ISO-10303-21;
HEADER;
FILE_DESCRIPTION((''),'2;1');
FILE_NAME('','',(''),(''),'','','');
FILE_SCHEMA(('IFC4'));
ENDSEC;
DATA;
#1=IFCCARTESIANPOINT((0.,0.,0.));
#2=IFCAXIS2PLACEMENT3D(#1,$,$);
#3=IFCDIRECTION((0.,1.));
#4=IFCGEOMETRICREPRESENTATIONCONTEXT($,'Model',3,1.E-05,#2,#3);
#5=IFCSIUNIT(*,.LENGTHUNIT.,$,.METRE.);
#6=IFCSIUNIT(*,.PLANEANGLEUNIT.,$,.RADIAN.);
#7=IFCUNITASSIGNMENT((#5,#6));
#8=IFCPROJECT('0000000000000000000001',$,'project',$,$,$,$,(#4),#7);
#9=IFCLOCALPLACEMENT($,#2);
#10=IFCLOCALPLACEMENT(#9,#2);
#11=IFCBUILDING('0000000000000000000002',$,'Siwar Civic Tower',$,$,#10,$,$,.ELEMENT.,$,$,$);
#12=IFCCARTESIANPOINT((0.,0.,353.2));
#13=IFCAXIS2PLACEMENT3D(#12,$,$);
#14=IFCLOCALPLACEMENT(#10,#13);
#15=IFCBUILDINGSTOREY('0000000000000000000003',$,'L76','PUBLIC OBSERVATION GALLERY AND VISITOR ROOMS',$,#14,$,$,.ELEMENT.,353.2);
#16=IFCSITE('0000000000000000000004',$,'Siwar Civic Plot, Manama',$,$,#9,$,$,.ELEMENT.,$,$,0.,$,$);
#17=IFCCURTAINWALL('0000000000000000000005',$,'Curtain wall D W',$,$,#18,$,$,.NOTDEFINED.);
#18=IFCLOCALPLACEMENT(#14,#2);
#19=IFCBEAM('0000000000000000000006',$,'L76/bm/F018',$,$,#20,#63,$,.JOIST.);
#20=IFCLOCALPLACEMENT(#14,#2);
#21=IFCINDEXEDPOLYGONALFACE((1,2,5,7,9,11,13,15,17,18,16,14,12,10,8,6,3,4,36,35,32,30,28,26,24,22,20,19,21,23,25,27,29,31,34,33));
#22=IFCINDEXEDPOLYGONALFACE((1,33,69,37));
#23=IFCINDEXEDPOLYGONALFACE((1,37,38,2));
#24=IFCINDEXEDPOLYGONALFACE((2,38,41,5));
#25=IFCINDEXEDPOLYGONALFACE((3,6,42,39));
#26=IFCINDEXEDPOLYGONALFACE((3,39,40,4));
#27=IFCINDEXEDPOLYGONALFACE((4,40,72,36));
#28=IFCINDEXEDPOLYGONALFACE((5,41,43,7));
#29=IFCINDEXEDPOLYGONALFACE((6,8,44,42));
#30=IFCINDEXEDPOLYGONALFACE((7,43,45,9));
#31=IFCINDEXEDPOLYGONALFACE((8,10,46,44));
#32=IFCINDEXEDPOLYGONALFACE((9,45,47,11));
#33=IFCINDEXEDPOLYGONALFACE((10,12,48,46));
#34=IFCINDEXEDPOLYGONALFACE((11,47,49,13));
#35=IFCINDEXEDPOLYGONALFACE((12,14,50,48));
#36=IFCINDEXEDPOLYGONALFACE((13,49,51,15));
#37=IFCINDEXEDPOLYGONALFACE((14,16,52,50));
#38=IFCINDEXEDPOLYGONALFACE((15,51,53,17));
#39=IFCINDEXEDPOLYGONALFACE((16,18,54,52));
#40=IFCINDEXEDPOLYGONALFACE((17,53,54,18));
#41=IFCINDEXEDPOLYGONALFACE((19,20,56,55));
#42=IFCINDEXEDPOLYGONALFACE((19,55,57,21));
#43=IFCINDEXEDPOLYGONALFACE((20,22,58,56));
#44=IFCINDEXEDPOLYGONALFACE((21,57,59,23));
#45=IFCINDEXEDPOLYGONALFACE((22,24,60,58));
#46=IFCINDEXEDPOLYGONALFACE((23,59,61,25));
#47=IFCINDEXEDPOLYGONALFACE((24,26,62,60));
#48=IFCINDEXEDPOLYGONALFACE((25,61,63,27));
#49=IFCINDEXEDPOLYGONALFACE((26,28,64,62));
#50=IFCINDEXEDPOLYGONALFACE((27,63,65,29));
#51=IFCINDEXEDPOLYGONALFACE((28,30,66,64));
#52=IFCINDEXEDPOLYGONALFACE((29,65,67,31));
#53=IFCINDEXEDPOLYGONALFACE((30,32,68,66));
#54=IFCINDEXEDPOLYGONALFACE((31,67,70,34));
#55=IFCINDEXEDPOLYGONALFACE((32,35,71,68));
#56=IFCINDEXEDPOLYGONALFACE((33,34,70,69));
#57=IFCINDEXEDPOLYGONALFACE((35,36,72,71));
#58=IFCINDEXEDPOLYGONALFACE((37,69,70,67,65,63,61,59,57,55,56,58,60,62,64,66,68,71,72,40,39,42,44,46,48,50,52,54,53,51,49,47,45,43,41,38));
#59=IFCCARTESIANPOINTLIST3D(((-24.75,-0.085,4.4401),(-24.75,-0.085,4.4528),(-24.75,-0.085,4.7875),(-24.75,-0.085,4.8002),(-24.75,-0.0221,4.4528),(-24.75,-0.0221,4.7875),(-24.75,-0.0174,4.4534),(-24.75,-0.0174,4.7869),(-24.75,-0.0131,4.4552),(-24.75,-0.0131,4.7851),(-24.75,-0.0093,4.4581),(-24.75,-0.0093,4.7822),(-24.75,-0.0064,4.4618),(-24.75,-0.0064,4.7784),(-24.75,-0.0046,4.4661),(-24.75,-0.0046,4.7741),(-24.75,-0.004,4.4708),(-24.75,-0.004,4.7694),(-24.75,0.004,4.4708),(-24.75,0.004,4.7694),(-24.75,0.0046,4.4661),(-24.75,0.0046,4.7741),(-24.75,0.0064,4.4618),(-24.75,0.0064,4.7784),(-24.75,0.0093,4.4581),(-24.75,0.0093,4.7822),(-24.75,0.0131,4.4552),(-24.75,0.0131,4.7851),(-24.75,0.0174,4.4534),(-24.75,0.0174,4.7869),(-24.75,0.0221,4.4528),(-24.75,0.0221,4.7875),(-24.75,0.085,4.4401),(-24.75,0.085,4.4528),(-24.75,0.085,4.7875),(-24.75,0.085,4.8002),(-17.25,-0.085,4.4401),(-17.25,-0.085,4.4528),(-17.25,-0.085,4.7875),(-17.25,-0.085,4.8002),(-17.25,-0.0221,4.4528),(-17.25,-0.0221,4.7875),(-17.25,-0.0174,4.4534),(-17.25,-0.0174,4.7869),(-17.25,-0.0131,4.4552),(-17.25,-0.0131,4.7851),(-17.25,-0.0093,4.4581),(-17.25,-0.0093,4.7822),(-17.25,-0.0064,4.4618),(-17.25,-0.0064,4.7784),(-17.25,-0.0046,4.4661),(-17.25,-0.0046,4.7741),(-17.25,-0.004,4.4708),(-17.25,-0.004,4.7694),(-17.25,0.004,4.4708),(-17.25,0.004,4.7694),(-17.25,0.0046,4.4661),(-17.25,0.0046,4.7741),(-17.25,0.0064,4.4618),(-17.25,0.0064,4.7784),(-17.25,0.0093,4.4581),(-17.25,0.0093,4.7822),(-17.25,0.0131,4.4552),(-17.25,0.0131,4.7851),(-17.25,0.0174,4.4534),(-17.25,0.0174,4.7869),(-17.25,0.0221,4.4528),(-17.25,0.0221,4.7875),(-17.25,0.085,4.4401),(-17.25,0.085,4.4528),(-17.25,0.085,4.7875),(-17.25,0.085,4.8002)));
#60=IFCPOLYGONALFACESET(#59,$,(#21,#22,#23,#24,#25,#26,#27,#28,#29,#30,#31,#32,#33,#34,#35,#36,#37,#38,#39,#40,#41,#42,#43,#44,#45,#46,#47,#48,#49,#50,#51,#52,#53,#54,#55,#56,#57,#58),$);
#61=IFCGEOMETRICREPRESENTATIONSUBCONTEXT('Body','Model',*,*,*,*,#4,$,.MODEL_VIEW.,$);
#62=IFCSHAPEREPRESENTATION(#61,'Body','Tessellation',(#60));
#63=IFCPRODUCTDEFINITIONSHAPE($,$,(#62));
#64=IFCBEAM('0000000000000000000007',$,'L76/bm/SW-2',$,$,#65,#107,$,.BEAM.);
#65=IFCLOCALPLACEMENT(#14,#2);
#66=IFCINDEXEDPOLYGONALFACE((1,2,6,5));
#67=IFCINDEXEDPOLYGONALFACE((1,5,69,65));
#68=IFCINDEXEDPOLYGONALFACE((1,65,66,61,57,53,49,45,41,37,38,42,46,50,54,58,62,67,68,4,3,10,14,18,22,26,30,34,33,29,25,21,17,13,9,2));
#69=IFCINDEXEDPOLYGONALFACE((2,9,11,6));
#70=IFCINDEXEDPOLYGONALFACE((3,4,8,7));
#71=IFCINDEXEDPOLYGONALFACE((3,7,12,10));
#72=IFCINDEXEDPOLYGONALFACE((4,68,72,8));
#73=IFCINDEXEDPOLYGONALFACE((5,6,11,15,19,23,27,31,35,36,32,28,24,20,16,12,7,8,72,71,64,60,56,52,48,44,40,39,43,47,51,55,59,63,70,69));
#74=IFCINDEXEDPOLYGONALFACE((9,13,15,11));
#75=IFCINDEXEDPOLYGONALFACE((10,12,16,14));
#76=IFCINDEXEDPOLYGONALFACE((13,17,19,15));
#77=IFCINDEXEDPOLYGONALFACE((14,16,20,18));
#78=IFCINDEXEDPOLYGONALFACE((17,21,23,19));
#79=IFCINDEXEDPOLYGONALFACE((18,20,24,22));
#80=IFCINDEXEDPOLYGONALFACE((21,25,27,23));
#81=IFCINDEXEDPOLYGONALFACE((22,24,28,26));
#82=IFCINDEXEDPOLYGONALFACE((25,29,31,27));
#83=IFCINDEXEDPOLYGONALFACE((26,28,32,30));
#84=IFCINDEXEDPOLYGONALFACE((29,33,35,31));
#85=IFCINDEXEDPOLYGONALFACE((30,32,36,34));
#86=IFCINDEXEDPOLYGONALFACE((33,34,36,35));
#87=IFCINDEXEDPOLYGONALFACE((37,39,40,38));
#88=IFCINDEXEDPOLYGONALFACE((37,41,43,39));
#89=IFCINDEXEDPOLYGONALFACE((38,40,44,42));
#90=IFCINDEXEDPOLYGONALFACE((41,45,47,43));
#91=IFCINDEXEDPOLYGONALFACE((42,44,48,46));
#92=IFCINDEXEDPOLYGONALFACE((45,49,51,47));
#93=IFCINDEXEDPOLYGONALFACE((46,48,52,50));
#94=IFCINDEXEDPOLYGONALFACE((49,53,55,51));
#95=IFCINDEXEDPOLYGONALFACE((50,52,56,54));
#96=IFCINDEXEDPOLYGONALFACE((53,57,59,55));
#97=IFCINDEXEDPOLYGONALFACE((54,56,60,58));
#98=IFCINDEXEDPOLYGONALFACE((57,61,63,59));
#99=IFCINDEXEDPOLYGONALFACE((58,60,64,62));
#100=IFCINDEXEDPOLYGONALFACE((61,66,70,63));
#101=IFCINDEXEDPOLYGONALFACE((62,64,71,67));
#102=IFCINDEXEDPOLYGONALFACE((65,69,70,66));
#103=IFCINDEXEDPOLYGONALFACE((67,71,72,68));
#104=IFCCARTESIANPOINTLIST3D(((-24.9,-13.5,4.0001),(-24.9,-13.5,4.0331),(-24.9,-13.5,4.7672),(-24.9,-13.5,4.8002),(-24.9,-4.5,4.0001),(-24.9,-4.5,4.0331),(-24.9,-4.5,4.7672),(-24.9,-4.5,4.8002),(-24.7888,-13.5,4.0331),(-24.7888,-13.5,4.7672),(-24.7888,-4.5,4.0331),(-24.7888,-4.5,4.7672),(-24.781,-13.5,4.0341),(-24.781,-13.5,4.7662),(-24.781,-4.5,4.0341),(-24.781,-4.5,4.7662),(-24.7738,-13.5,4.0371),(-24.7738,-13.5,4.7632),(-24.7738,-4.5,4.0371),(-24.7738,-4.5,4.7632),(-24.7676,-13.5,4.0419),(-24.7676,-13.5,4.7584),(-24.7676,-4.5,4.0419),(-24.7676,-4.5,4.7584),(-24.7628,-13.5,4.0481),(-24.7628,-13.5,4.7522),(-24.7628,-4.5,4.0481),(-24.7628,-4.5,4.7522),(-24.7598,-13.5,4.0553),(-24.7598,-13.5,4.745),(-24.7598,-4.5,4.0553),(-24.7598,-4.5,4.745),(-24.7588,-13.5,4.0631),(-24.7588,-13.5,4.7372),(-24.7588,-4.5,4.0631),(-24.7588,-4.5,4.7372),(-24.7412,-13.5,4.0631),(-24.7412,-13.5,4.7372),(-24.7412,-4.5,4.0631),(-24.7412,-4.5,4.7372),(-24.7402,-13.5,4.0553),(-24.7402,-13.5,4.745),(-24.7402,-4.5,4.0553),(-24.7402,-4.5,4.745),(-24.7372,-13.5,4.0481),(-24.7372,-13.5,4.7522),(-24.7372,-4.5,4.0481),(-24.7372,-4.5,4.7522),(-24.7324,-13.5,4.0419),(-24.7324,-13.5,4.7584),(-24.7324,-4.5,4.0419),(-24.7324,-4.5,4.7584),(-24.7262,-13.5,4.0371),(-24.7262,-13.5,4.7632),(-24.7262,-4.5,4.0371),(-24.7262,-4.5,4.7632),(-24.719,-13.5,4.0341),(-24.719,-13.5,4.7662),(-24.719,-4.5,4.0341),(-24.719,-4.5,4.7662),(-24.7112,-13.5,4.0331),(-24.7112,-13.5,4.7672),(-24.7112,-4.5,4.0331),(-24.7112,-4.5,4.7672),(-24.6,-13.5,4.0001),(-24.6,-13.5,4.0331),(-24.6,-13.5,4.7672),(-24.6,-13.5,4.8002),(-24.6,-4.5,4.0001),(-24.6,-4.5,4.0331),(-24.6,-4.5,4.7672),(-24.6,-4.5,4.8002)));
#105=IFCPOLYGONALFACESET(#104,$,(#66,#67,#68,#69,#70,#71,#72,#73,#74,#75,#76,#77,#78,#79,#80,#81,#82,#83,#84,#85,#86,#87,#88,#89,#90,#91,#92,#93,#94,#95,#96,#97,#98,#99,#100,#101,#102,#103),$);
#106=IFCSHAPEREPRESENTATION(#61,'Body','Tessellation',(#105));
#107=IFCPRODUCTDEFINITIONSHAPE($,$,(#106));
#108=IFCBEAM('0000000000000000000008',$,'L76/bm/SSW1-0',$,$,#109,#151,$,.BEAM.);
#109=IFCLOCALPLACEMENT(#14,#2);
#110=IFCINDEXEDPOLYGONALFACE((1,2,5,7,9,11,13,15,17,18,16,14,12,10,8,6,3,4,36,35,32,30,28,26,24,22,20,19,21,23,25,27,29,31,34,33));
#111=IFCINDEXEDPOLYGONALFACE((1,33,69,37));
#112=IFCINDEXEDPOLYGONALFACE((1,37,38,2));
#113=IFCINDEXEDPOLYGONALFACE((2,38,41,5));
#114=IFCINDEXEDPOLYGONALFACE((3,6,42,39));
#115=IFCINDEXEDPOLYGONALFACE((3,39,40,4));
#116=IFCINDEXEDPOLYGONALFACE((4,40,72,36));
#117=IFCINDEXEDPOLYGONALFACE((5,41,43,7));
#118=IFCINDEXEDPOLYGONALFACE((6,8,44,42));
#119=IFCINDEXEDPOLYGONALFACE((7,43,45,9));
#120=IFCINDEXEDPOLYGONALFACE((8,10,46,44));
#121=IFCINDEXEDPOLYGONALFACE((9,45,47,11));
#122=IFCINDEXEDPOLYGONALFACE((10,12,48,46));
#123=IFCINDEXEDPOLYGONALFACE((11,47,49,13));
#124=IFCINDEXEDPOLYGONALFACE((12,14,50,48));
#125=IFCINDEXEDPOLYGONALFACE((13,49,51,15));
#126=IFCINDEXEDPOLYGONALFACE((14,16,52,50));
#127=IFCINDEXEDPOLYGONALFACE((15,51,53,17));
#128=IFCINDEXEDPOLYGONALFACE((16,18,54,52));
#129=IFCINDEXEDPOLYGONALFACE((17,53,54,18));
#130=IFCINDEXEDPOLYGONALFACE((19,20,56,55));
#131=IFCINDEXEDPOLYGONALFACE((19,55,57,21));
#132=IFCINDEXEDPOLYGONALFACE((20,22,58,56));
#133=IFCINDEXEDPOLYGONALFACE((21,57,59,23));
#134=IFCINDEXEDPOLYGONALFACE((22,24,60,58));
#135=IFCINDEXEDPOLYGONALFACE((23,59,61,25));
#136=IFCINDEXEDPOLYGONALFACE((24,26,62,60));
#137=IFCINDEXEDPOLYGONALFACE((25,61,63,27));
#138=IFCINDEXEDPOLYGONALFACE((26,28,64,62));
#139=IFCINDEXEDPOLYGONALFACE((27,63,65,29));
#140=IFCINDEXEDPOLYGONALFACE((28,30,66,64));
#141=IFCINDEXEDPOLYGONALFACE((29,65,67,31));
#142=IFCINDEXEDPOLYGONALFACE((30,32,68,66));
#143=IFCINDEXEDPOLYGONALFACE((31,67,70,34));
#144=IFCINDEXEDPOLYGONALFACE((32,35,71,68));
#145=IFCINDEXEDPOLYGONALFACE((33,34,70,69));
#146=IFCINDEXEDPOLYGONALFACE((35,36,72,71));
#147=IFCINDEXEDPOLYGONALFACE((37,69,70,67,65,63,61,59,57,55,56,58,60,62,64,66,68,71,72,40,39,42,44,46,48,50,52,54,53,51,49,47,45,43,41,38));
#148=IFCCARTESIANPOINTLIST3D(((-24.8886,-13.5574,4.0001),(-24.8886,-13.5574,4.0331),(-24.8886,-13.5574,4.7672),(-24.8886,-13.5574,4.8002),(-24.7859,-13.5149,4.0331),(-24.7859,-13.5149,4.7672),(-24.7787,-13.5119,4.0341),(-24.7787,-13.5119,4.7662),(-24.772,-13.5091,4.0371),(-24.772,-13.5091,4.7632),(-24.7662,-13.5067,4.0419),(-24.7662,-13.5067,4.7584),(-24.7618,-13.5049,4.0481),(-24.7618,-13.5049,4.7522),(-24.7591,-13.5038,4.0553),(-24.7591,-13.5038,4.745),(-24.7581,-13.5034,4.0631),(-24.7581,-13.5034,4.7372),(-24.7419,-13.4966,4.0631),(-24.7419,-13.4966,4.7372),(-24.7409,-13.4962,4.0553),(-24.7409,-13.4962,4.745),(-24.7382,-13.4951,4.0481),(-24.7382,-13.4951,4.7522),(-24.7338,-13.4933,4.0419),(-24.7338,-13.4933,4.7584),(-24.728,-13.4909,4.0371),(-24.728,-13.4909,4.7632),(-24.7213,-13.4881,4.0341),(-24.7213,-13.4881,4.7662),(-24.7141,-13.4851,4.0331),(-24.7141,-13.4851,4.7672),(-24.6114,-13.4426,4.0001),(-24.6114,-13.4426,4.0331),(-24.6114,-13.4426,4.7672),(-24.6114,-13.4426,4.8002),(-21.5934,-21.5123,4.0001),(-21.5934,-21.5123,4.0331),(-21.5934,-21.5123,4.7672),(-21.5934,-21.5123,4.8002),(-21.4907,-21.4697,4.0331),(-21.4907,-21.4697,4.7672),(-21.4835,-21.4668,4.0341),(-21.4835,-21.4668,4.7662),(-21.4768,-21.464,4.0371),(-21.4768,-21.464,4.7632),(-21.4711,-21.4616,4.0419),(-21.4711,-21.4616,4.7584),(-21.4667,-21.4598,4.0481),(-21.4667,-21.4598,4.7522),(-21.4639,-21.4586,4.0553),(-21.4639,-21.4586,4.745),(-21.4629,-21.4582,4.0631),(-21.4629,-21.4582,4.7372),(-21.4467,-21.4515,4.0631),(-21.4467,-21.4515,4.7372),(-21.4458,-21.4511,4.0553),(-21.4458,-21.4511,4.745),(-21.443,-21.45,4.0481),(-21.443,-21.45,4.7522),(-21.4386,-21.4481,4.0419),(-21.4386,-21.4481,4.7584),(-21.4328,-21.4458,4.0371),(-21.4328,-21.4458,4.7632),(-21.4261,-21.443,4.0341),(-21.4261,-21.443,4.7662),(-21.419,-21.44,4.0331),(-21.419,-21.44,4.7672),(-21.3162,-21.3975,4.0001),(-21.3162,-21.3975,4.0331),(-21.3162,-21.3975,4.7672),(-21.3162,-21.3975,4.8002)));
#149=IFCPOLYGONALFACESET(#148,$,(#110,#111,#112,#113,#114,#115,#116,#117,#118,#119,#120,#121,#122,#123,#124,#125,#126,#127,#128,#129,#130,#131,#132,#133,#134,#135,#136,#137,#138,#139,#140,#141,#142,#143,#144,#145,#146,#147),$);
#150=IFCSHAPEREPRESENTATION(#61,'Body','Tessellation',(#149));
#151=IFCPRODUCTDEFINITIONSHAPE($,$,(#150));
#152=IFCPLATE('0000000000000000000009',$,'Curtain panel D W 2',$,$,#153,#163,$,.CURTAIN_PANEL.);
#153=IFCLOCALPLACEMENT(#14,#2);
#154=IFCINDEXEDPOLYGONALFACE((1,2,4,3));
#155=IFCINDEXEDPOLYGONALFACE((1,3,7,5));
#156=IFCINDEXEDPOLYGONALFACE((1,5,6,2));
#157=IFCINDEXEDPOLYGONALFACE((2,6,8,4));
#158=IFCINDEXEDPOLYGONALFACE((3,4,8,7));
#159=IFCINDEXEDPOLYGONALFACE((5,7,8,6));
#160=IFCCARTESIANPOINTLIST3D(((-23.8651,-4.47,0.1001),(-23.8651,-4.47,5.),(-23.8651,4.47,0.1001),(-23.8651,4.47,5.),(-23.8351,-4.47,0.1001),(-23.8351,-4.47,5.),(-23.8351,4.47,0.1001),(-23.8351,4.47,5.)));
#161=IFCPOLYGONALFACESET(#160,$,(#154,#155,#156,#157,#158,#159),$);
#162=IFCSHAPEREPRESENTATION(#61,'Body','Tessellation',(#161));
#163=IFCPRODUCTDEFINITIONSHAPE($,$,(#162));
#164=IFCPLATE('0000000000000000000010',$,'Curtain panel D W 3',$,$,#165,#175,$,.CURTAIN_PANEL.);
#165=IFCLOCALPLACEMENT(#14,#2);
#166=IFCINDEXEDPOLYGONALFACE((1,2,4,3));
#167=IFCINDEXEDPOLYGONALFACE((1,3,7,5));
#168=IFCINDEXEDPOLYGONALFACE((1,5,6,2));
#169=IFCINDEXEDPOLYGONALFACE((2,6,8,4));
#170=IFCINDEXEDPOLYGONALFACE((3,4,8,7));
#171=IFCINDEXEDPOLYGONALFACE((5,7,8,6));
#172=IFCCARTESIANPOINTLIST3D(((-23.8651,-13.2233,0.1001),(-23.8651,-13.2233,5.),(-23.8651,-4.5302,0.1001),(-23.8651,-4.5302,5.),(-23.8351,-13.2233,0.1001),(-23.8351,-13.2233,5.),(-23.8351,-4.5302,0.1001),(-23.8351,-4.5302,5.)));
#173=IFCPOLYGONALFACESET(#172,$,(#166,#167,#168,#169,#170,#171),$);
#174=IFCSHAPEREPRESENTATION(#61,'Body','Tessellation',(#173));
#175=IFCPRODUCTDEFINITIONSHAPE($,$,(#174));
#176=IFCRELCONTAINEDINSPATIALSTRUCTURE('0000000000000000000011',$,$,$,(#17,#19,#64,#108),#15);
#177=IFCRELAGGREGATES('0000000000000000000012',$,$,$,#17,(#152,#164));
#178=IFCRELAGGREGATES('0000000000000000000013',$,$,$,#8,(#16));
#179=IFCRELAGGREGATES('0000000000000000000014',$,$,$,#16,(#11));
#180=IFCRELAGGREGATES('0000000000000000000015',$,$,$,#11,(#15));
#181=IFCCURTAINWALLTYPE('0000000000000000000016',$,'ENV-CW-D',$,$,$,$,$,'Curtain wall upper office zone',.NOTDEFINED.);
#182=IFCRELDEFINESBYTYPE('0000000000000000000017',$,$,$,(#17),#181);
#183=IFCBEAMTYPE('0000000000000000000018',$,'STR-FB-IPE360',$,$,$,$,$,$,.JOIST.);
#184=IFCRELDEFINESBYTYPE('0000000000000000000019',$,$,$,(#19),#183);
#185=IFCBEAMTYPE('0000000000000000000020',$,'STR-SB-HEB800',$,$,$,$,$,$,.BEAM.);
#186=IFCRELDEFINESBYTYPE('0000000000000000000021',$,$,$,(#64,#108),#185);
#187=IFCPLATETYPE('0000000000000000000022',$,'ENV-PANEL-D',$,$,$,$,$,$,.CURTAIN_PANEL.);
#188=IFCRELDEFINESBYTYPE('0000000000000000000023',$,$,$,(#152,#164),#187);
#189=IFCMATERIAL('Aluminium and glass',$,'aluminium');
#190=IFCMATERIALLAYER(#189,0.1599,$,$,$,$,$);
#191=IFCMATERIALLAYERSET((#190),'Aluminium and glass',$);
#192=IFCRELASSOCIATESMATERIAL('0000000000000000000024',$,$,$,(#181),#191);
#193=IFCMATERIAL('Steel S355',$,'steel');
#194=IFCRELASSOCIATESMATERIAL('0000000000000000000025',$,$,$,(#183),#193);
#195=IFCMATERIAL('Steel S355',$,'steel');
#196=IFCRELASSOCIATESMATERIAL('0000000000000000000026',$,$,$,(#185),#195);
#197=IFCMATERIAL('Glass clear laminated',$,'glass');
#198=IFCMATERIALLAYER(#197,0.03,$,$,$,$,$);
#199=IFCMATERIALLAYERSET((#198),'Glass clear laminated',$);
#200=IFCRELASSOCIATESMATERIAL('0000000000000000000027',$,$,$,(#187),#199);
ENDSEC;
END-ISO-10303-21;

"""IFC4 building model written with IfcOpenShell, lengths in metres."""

from ifc_helpers import new_model, si_unit, direction, frame, origin, origin_2d, place, context, subcontext, project, spatial, rectangle, i_section, extrude, material, layer, layer_set, material_profile, profile_set, type_object, element, aggregate, save


model = new_model("IFC4")

# Units and contexts
model_context = context("Model", 3, precision=1e-05, world=origin(), true_north=direction((0.0, 1.0)))
body_context = subcontext(model_context, "Body", "Model", "MODEL_VIEW")
ifc_project = project(units=[si_unit("LENGTHUNIT", "METRE"), si_unit("PLANEANGLEUNIT", "RADIAN")], contexts=[model_context])

# Site, building, storey
site_placement = place(None, origin())
site = spatial("IfcSite", under=ifc_project, at=site_placement, Name="Siwar Civic Plot, Manama", CompositionType="ELEMENT", RefElevation=0.0)
building_placement = place(site_placement, origin())
building = spatial("IfcBuilding", under=site, at=building_placement, Name="Siwar Civic Tower", CompositionType="ELEMENT")
storey_placement = place(building_placement, frame((0.0, 0.0, 353.2)))
storey = spatial("IfcBuildingStorey", under=building, at=storey_placement, Name="L76", Description="PUBLIC OBSERVATION GALLERY AND VISITOR ROOMS", CompositionType="ELEMENT", Elevation=353.2)

# Curtain wall
ifc_material_1 = material(Name="Aluminium and glass", Category="aluminium")
ifc_layer_1 = layer(ifc_material_1, 0.1599)
ifc_layer_set_1 = layer_set([ifc_layer_1], Name="Aluminium and glass")
curtain_wall_type_1 = type_object("IfcCurtainWallType", Name="ENV-CW-D", ElementType="Curtain wall upper office zone", PredefinedType="NOTDEFINED", material=ifc_layer_set_1)
curtain_wall_1_placement = place(storey_placement, origin())
curtain_wall_1 = element("IfcCurtainWall", 1, at=curtain_wall_1_placement, inside=storey, type_object=curtain_wall_type_1, Name="Curtain wall D W", PredefinedType="NOTDEFINED")

# Beams
ifc_material_2 = material(Name="Steel S355", Category="steel")
ifc_material_profile_1 = material_profile(ifc_material_2, i_section(OverallWidth=0.1699, OverallDepth=0.3601, WebThickness=0.0081, FlangeThickness=0.0127, FilletRadius=0.0181, at=origin_2d()), Name="IPE360")
ifc_profile_set_1 = profile_set([ifc_material_profile_1], Name="Steel S355")
beam_type_1 = type_object("IfcBeamType", Name="STR-FB-IPE360", PredefinedType="JOIST", material=ifc_profile_set_1)
for number, where, z_axis, x_axis, name in (
    (2, (-24.75, 0.0, 4.6201), (1.0, 0.0, 0.0), (0.0, 1.0, 0.0), "L76/bm/F018"),
):
    element("IfcBeam", number, at=place(storey_placement, frame(where, z_axis=z_axis, x_axis=x_axis)), inside=storey, type_object=beam_type_1, Name=name, PredefinedType="JOIST", context=body_context, shape_type="SweptSolid", body=[
        extrude(i_section(OverallWidth=0.1699, OverallDepth=0.3601, WebThickness=0.0081, FlangeThickness=0.0127, FilletRadius=0.0181, at=origin_2d()), origin(), (0.0, 0.0, 1.0), 7.5),
    ])
ifc_material_3 = material(Name="Steel S355", Category="steel")
ifc_material_profile_2 = material_profile(ifc_material_3, i_section(OverallWidth=0.3, OverallDepth=0.8, WebThickness=0.0176, FlangeThickness=0.033, FilletRadius=0.03, at=origin_2d()), Name="HEB800")
ifc_profile_set_2 = profile_set([ifc_material_profile_2], Name="Steel S355")
beam_type_2 = type_object("IfcBeamType", Name="STR-SB-HEB800", PredefinedType="BEAM", material=ifc_profile_set_2)
beam_1_placement = place(storey_placement, frame((-24.75, -4.5, 4.4001), z_axis=(0.0, -1.0, 0.0), x_axis=(1.0, 0.0, 0.0)))
element("IfcBeam", 3, at=beam_1_placement, inside=storey, type_object=beam_type_2, Name="L76/bm/SW-2", PredefinedType="BEAM", context=body_context, shape_type="SweptSolid", body=[
    extrude(i_section(OverallWidth=0.3, OverallDepth=0.8, WebThickness=0.0176, FlangeThickness=0.033, FilletRadius=0.03, at=origin_2d()), origin(), (0.0, 0.0, 1.0), 9.0),
])
beam_2_placement = place(storey_placement, frame((-24.75, -13.5, 4.4001), z_axis=(0.3827, -0.923873, 0.0), x_axis=(0.923873, 0.3827, 0.0)))
element("IfcBeam", 4, at=beam_2_placement, inside=storey, type_object=beam_type_2, Name="L76/bm/SSW1-0", PredefinedType="BEAM", context=body_context, shape_type="SweptSolid", body=[
    extrude(i_section(OverallWidth=0.3, OverallDepth=0.8, WebThickness=0.0176, FlangeThickness=0.033, FilletRadius=0.03, at=origin_2d()), origin(), (0.0, 0.0, 1.0), 8.6104),
])

# Plates
ifc_material_4 = material(Name="Glass clear laminated", Category="glass")
ifc_layer_2 = layer(ifc_material_4, 0.03)
ifc_layer_set_2 = layer_set([ifc_layer_2], Name="Glass clear laminated")
plate_type = type_object("IfcPlateType", Name="ENV-PANEL-D", PredefinedType="CURTAIN_PANEL", material=ifc_layer_set_2)
plate_1_placement = place(storey_placement, frame((-23.8501, 0.0, 0.1001), z_axis=(0.0, 0.0, 1.0), x_axis=(0.0, -1.0, 0.0)))
plate_1 = element("IfcPlate", 5, at=plate_1_placement, type_object=plate_type, Name="Curtain panel D W 2", PredefinedType="CURTAIN_PANEL", context=body_context, shape_type="SweptSolid", body=[
    extrude(rectangle(XDim=8.9399, YDim=0.03, at=origin_2d()), origin(), (0.0, 0.0, 1.0), 4.8999),
])
plate_2_placement = place(storey_placement, frame((-23.8501, -8.8767, 0.1001), z_axis=(0.0, 0.0, 1.0), x_axis=(0.0, -1.0, 0.0)))
plate_2 = element("IfcPlate", 6, at=plate_2_placement, type_object=plate_type, Name="Curtain panel D W 3", PredefinedType="CURTAIN_PANEL", context=body_context, shape_type="SweptSolid", body=[
    extrude(rectangle(XDim=8.6931, YDim=0.03, at=origin_2d()), origin(), (0.0, 0.0, 1.0), 4.8999),
])
aggregate(curtain_wall_1, [plate_1, plate_2])

save(model, "model.ifc")
